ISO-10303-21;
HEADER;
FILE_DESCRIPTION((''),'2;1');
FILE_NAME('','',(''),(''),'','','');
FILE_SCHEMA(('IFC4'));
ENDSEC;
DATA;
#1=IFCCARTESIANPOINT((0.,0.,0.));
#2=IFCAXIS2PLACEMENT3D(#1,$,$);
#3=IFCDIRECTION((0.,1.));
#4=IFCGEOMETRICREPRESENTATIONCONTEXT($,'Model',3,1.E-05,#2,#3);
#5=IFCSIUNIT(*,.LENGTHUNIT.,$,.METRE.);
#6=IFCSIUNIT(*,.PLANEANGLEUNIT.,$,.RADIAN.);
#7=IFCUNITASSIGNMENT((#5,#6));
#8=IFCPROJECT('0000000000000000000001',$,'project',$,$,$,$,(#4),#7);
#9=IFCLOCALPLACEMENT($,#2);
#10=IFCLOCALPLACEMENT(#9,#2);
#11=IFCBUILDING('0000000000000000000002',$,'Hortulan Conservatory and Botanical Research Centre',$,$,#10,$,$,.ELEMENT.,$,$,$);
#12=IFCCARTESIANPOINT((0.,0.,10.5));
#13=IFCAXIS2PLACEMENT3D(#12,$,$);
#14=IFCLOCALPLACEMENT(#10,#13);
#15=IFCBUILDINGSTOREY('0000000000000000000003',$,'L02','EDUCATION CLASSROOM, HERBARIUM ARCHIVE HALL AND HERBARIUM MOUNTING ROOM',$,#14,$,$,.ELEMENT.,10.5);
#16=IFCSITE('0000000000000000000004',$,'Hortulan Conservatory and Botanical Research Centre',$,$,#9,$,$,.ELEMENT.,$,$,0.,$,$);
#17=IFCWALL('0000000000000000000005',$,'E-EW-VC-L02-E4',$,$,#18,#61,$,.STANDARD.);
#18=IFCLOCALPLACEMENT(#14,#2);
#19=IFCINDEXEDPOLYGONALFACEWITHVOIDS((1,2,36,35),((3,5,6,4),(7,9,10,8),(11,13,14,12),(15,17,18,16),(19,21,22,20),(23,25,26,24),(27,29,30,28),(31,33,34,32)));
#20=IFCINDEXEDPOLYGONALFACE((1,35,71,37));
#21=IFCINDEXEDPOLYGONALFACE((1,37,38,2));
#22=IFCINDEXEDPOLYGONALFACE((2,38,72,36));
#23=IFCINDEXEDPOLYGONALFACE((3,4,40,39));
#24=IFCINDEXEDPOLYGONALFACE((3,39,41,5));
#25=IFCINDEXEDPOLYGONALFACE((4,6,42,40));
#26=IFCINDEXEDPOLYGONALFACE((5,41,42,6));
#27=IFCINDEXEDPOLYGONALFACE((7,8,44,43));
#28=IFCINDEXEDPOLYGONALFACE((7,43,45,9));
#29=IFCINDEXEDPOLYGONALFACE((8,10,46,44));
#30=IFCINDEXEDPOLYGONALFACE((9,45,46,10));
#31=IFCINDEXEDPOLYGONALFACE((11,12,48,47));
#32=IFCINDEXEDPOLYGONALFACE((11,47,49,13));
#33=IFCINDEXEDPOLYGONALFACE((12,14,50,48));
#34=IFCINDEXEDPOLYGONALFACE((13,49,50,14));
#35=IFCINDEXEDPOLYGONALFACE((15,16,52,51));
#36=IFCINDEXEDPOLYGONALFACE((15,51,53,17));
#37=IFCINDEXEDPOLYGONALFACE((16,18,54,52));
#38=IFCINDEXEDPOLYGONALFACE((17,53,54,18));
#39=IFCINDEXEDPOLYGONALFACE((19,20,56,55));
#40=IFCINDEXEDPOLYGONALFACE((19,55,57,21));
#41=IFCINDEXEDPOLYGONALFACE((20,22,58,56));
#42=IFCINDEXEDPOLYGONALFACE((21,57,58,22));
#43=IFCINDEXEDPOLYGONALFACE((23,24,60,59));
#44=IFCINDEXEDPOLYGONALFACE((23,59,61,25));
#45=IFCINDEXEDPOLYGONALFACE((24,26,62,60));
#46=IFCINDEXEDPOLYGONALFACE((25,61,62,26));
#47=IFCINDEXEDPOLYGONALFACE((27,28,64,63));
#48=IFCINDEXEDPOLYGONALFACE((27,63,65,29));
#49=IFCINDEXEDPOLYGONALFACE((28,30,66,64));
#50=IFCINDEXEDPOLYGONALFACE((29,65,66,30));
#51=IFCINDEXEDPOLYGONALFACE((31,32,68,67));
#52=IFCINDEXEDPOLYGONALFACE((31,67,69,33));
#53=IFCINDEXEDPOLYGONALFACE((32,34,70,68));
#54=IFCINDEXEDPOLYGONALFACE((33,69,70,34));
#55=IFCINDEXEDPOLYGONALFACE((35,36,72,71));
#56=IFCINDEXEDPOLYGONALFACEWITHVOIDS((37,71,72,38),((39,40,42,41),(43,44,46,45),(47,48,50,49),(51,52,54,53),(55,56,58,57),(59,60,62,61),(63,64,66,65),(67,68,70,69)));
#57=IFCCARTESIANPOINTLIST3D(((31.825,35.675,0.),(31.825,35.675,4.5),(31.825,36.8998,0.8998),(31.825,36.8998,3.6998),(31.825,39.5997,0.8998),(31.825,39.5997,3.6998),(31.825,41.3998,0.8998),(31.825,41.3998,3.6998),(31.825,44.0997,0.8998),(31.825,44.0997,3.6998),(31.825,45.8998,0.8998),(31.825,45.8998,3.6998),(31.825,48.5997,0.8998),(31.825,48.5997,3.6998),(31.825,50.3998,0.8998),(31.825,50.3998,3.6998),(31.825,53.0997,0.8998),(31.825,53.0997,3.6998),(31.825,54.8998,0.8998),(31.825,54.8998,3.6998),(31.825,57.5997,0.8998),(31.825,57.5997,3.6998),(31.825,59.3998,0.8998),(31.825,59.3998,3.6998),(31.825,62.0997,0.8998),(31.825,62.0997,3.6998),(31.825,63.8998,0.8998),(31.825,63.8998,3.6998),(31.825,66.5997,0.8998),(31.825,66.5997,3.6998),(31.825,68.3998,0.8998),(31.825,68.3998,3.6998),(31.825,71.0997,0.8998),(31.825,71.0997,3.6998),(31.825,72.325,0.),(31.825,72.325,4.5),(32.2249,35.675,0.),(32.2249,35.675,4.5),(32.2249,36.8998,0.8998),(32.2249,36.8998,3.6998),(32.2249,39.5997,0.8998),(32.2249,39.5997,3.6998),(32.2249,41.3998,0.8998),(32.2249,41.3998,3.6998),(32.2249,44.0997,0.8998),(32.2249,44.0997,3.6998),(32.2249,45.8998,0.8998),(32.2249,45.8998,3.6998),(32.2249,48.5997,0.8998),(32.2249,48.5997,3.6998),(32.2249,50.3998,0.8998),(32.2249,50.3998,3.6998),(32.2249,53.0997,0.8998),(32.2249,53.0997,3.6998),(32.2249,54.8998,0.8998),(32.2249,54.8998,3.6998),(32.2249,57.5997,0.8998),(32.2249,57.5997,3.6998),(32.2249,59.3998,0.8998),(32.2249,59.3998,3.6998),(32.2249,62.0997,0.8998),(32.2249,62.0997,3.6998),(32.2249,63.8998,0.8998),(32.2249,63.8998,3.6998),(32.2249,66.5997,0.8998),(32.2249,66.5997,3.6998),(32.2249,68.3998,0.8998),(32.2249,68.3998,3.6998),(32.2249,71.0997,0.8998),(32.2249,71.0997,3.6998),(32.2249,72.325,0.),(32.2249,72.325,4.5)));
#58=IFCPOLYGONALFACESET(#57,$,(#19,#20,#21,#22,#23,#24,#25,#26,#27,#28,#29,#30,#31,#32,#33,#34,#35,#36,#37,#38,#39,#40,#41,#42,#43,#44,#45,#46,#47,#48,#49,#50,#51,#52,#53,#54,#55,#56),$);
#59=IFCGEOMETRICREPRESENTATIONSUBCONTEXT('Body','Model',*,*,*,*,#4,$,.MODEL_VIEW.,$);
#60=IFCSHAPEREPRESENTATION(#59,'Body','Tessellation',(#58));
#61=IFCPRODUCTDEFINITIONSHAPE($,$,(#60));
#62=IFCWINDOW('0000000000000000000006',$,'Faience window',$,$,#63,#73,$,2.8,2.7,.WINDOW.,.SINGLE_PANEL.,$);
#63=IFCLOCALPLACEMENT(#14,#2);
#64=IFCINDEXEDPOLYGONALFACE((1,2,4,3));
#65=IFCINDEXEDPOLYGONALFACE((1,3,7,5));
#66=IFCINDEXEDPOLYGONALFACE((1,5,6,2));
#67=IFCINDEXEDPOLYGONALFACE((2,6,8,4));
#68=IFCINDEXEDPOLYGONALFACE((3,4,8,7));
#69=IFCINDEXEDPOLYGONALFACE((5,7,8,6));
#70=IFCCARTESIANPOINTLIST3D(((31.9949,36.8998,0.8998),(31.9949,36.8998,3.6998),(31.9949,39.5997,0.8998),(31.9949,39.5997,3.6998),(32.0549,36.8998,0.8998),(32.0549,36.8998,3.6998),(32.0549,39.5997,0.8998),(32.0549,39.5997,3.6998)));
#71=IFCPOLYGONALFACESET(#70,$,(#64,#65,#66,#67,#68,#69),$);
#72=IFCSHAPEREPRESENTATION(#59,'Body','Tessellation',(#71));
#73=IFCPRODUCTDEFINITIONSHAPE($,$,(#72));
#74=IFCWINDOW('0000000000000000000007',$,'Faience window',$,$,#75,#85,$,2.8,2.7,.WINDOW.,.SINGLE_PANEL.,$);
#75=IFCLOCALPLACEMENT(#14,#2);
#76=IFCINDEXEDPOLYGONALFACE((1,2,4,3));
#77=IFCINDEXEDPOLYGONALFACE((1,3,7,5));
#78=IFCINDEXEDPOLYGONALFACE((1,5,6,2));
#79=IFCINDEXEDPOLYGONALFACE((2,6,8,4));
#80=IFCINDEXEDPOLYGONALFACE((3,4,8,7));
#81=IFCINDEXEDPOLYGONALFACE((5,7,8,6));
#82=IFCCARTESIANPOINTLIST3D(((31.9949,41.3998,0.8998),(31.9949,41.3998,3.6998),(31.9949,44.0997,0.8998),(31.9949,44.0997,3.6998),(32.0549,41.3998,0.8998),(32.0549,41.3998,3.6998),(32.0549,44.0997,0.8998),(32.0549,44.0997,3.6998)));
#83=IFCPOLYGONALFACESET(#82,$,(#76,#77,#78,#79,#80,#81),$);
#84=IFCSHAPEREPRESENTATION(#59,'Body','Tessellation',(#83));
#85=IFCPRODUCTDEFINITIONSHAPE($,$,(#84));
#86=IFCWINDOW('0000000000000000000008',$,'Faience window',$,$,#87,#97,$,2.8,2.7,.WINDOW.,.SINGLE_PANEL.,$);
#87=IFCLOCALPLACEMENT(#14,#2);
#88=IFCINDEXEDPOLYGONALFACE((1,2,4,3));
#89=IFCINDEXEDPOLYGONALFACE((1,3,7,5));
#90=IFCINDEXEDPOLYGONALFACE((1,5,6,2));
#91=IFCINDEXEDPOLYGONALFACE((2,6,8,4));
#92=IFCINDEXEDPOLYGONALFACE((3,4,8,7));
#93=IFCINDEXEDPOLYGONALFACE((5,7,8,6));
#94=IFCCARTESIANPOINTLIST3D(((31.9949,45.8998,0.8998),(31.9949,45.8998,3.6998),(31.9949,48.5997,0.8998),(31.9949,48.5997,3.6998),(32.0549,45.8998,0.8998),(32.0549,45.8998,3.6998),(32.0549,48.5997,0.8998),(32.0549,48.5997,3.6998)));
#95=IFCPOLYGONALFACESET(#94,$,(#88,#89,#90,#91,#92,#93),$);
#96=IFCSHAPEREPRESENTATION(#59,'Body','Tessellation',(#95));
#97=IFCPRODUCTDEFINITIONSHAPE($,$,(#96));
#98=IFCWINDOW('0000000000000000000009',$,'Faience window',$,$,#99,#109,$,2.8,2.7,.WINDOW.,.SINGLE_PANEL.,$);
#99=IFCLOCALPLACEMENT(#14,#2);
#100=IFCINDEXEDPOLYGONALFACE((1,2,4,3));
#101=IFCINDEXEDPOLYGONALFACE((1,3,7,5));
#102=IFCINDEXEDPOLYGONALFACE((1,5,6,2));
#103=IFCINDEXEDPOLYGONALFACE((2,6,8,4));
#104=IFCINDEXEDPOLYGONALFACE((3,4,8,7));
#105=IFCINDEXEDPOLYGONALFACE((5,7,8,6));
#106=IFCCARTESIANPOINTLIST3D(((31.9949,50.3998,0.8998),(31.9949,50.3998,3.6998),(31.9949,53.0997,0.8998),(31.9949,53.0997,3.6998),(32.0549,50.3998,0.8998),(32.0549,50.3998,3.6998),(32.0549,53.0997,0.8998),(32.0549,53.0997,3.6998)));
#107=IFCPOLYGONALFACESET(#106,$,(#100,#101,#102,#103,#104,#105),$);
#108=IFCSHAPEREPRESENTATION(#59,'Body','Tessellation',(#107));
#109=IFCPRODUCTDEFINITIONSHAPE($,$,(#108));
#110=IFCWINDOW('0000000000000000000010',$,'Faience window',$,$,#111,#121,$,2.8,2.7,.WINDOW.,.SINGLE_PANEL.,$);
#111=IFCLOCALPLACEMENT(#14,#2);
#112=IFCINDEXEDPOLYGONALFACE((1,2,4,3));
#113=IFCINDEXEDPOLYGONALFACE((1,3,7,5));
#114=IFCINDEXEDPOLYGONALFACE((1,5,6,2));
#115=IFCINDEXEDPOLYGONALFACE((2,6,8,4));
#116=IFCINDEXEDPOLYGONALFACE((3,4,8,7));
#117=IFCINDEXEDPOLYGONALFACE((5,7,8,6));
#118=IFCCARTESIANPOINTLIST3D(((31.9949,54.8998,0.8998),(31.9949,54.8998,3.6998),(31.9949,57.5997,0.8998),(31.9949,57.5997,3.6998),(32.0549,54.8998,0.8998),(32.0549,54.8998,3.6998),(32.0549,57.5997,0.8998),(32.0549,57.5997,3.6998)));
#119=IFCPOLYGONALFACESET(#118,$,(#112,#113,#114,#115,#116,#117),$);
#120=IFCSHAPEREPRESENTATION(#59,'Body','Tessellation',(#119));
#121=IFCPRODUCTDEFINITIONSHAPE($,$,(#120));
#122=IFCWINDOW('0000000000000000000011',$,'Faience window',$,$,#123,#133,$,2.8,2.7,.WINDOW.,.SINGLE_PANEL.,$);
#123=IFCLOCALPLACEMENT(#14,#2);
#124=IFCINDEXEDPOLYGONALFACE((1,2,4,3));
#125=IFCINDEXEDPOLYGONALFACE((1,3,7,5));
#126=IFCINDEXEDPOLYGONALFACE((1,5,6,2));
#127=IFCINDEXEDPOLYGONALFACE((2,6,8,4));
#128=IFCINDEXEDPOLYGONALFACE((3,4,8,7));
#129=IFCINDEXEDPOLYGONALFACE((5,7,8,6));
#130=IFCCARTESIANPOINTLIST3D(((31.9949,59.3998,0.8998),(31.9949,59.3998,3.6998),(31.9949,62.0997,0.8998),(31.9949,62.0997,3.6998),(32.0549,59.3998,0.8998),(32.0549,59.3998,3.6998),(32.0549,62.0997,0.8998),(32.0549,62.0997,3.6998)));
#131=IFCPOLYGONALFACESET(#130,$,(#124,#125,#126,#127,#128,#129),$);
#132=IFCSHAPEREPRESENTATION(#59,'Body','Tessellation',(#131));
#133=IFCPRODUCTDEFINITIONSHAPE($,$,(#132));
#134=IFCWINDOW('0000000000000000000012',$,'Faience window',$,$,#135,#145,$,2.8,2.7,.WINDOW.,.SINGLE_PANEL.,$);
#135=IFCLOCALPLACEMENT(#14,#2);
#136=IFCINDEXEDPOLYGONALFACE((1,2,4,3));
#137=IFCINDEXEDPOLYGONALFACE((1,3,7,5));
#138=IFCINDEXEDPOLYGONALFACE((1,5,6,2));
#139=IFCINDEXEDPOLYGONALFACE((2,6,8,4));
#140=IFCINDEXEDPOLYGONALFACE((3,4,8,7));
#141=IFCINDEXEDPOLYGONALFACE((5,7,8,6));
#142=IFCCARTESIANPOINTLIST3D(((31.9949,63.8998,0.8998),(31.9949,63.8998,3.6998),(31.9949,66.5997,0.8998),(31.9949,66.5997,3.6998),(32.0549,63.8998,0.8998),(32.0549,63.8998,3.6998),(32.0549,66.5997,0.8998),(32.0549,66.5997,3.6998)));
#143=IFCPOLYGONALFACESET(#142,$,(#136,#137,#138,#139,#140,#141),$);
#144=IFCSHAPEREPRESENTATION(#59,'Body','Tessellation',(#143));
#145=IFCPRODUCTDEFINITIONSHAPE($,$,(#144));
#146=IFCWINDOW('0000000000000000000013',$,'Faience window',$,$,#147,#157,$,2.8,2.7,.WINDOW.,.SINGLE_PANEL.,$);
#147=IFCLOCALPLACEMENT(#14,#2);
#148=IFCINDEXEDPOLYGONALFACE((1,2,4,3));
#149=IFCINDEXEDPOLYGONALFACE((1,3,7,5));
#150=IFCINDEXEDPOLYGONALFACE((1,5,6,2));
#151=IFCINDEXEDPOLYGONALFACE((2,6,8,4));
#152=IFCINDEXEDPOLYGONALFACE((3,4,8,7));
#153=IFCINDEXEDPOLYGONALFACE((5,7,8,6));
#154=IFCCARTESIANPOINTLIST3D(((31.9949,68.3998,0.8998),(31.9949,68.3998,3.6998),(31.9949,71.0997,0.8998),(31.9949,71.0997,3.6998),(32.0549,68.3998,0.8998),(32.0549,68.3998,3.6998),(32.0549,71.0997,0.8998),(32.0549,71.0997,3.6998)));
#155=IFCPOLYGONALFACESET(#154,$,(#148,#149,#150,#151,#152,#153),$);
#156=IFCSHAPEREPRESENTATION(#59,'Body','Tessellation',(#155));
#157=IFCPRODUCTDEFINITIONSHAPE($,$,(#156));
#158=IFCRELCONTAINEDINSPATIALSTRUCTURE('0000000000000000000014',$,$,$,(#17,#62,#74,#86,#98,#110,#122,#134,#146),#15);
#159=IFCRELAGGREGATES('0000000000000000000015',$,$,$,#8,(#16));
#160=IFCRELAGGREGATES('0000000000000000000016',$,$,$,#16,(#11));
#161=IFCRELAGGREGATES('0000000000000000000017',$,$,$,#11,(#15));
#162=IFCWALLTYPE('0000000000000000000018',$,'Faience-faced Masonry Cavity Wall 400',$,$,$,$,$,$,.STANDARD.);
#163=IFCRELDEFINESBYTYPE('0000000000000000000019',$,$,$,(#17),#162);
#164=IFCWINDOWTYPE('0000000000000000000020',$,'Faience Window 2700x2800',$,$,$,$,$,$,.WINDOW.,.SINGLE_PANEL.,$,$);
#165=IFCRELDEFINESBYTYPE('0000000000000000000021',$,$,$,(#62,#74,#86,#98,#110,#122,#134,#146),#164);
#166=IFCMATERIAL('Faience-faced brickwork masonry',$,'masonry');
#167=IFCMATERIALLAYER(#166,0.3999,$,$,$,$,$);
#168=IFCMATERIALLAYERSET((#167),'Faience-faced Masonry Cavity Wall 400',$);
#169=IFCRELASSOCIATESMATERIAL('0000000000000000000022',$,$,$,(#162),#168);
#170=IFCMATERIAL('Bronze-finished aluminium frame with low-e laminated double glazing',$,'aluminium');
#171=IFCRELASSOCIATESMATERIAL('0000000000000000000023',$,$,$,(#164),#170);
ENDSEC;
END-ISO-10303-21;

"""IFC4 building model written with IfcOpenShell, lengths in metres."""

from ifc_helpers import new_model, si_unit, direction, frame, frame_2d, origin, place, context, subcontext, project, spatial, rectangle, extrude, material, layer, layer_set, type_object, element, fill, save


model = new_model("IFC4")

# Units and contexts
model_context = context("Model", 3, precision=1e-05, world=origin(), true_north=direction((0.0, 1.0)))
body_context = subcontext(model_context, "Body", "Model", "MODEL_VIEW")
ifc_project = project(units=[si_unit("LENGTHUNIT", "METRE"), si_unit("PLANEANGLEUNIT", "RADIAN")], contexts=[model_context])

# Site, building, storey
site_placement = place(None, origin())
site = spatial("IfcSite", under=ifc_project, at=site_placement, Name="Hortulan Conservatory and Botanical Research Centre", CompositionType="ELEMENT", RefElevation=0.0)
building_placement = place(site_placement, origin())
building = spatial("IfcBuilding", under=site, at=building_placement, Name="Hortulan Conservatory and Botanical Research Centre", CompositionType="ELEMENT")
storey_placement = place(building_placement, frame((0.0, 0.0, 10.5)))
storey = spatial("IfcBuildingStorey", under=building, at=storey_placement, Name="L02", Description="EDUCATION CLASSROOM, HERBARIUM ARCHIVE HALL AND HERBARIUM MOUNTING ROOM", CompositionType="ELEMENT", Elevation=10.5)

# Wall, openings, windows
ifc_material_1 = material(Name="Faience-faced brickwork masonry", Category="masonry")
ifc_layer_1 = layer(ifc_material_1, 0.3999)
ifc_layer_set_1 = layer_set([ifc_layer_1], Name="Faience-faced Masonry Cavity Wall 400")
wall_type = type_object("IfcWallType", Name="Faience-faced Masonry Cavity Wall 400", PredefinedType="STANDARD", material=ifc_layer_set_1)
wall_placement = place(storey_placement, frame((32.0249, 72.325, 0.0), z_axis=(0.0, 0.0, 1.0), x_axis=(0.0, -1.0, 0.0)))
wall = element("IfcWall", 1, at=wall_placement, inside=storey, type_object=wall_type, Name="E-EW-VC-L02-E4", PredefinedType="STANDARD", context=body_context, shape_type="SweptSolid", body=[
    extrude(rectangle(XDim=36.6499, YDim=0.3999, at=frame_2d((18.325, 0.0))), origin(), (0.0, 0.0, 1.0), 4.5),
])
opening_1_placement = place(wall_placement, frame((32.7251, 0.0, 0.8999)))
opening_1 = element("IfcOpeningElement", 2, at=opening_1_placement, cuts=wall, PredefinedType="OPENING", context=body_context, shape_type="SweptSolid", body=[
    extrude(rectangle(XDim=2.7, YDim=2.8, at=frame_2d((1.3501, 1.3999))), frame((0.0, 0.21, 0.0), z_axis=(0.0, -1.0, 0.0), x_axis=(1.0, 0.0, 0.0)), (0.0, 0.0, 1.0), 0.4199),
])
opening_2_placement = place(wall_placement, frame((28.2251, 0.0, 0.8999)))
opening_2 = element("IfcOpeningElement", 3, at=opening_2_placement, cuts=wall, PredefinedType="OPENING", context=body_context, shape_type="SweptSolid", body=[
    extrude(rectangle(XDim=2.7, YDim=2.8, at=frame_2d((1.3501, 1.3999))), frame((0.0, 0.21, 0.0), z_axis=(0.0, -1.0, 0.0), x_axis=(1.0, 0.0, 0.0)), (0.0, 0.0, 1.0), 0.4199),
])
opening_3_placement = place(wall_placement, frame((23.7251, 0.0, 0.8999)))
opening_3 = element("IfcOpeningElement", 4, at=opening_3_placement, cuts=wall, PredefinedType="OPENING", context=body_context, shape_type="SweptSolid", body=[
    extrude(rectangle(XDim=2.7, YDim=2.8, at=frame_2d((1.3501, 1.3999))), frame((0.0, 0.21, 0.0), z_axis=(0.0, -1.0, 0.0), x_axis=(1.0, 0.0, 0.0)), (0.0, 0.0, 1.0), 0.4199),
])
opening_4_placement = place(wall_placement, frame((19.2251, 0.0, 0.8999)))
opening_4 = element("IfcOpeningElement", 5, at=opening_4_placement, cuts=wall, PredefinedType="OPENING", context=body_context, shape_type="SweptSolid", body=[
    extrude(rectangle(XDim=2.7, YDim=2.8, at=frame_2d((1.3501, 1.3999))), frame((0.0, 0.21, 0.0), z_axis=(0.0, -1.0, 0.0), x_axis=(1.0, 0.0, 0.0)), (0.0, 0.0, 1.0), 0.4199),
])
opening_5_placement = place(wall_placement, frame((14.7251, 0.0, 0.8999)))
opening_5 = element("IfcOpeningElement", 6, at=opening_5_placement, cuts=wall, PredefinedType="OPENING", context=body_context, shape_type="SweptSolid", body=[
    extrude(rectangle(XDim=2.7, YDim=2.8, at=frame_2d((1.3501, 1.3999))), frame((0.0, 0.21, 0.0), z_axis=(0.0, -1.0, 0.0), x_axis=(1.0, 0.0, 0.0)), (0.0, 0.0, 1.0), 0.4199),
])
opening_6_placement = place(wall_placement, frame((10.2251, 0.0, 0.8999)))
opening_6 = element("IfcOpeningElement", 7, at=opening_6_placement, cuts=wall, PredefinedType="OPENING", context=body_context, shape_type="SweptSolid", body=[
    extrude(rectangle(XDim=2.7, YDim=2.8, at=frame_2d((1.3501, 1.3999))), frame((0.0, 0.21, 0.0), z_axis=(0.0, -1.0, 0.0), x_axis=(1.0, 0.0, 0.0)), (0.0, 0.0, 1.0), 0.4199),
])
opening_7_placement = place(wall_placement, frame((5.7251, 0.0, 0.8999)))
opening_7 = element("IfcOpeningElement", 8, at=opening_7_placement, cuts=wall, PredefinedType="OPENING", context=body_context, shape_type="SweptSolid", body=[
    extrude(rectangle(XDim=2.7, YDim=2.8, at=frame_2d((1.3501, 1.3999))), frame((0.0, 0.21, 0.0), z_axis=(0.0, -1.0, 0.0), x_axis=(1.0, 0.0, 0.0)), (0.0, 0.0, 1.0), 0.4199),
])
opening_8_placement = place(wall_placement, frame((1.2251, 0.0, 0.8999)))
opening_8 = element("IfcOpeningElement", 9, at=opening_8_placement, cuts=wall, PredefinedType="OPENING", context=body_context, shape_type="SweptSolid", body=[
    extrude(rectangle(XDim=2.7, YDim=2.8, at=frame_2d((1.3501, 1.3999))), frame((0.0, 0.21, 0.0), z_axis=(0.0, -1.0, 0.0), x_axis=(1.0, 0.0, 0.0)), (0.0, 0.0, 1.0), 0.4199),
])
ifc_material_2 = material(Name="Bronze-finished aluminium frame with low-e laminated double glazing", Category="aluminium")
window_type = type_object("IfcWindowType", Name="Faience Window 2700x2800", PartitioningType="SINGLE_PANEL", PredefinedType="WINDOW", material=ifc_material_2)
window_1_placement = place(opening_1_placement, origin())
window_1 = element("IfcWindow", 10, at=window_1_placement, inside=storey, type_object=window_type, Name="Faience window", OverallHeight=2.8, OverallWidth=2.7, PartitioningType="SINGLE_PANEL", PredefinedType="WINDOW", context=body_context, shape_type="SweptSolid", body=[
    extrude(rectangle(XDim=2.7, YDim=2.8, at=frame_2d((1.3501, 1.3999))), frame((0.0, 0.03, 0.0), z_axis=(0.0, -1.0, 0.0), x_axis=(1.0, 0.0, 0.0)), (0.0, 0.0, 1.0), 0.0601),
])
fill(opening_1, window_1)
window_2_placement = place(opening_2_placement, origin())
window_2 = element("IfcWindow", 11, at=window_2_placement, inside=storey, type_object=window_type, Name="Faience window", OverallHeight=2.8, OverallWidth=2.7, PartitioningType="SINGLE_PANEL", PredefinedType="WINDOW", context=body_context, shape_type="SweptSolid", body=[
    extrude(rectangle(XDim=2.7, YDim=2.8, at=frame_2d((1.3501, 1.3999))), frame((0.0, 0.03, 0.0), z_axis=(0.0, -1.0, 0.0), x_axis=(1.0, 0.0, 0.0)), (0.0, 0.0, 1.0), 0.0601),
])
fill(opening_2, window_2)
window_3_placement = place(opening_3_placement, origin())
window_3 = element("IfcWindow", 12, at=window_3_placement, inside=storey, type_object=window_type, Name="Faience window", OverallHeight=2.8, OverallWidth=2.7, PartitioningType="SINGLE_PANEL", PredefinedType="WINDOW", context=body_context, shape_type="SweptSolid", body=[
    extrude(rectangle(XDim=2.7, YDim=2.8, at=frame_2d((1.3501, 1.3999))), frame((0.0, 0.03, 0.0), z_axis=(0.0, -1.0, 0.0), x_axis=(1.0, 0.0, 0.0)), (0.0, 0.0, 1.0), 0.0601),
])
fill(opening_3, window_3)
window_4_placement = place(opening_4_placement, origin())
window_4 = element("IfcWindow", 13, at=window_4_placement, inside=storey, type_object=window_type, Name="Faience window", OverallHeight=2.8, OverallWidth=2.7, PartitioningType="SINGLE_PANEL", PredefinedType="WINDOW", context=body_context, shape_type="SweptSolid", body=[
    extrude(rectangle(XDim=2.7, YDim=2.8, at=frame_2d((1.3501, 1.3999))), frame((0.0, 0.03, 0.0), z_axis=(0.0, -1.0, 0.0), x_axis=(1.0, 0.0, 0.0)), (0.0, 0.0, 1.0), 0.0601),
])
fill(opening_4, window_4)
window_5_placement = place(opening_5_placement, origin())
window_5 = element("IfcWindow", 14, at=window_5_placement, inside=storey, type_object=window_type, Name="Faience window", OverallHeight=2.8, OverallWidth=2.7, PartitioningType="SINGLE_PANEL", PredefinedType="WINDOW", context=body_context, shape_type="SweptSolid", body=[
    extrude(rectangle(XDim=2.7, YDim=2.8, at=frame_2d((1.3501, 1.3999))), frame((0.0, 0.03, 0.0), z_axis=(0.0, -1.0, 0.0), x_axis=(1.0, 0.0, 0.0)), (0.0, 0.0, 1.0), 0.0601),
])
fill(opening_5, window_5)
window_6_placement = place(opening_6_placement, origin())
window_6 = element("IfcWindow", 15, at=window_6_placement, inside=storey, type_object=window_type, Name="Faience window", OverallHeight=2.8, OverallWidth=2.7, PartitioningType="SINGLE_PANEL", PredefinedType="WINDOW", context=body_context, shape_type="SweptSolid", body=[
    extrude(rectangle(XDim=2.7, YDim=2.8, at=frame_2d((1.3501, 1.3999))), frame((0.0, 0.03, 0.0), z_axis=(0.0, -1.0, 0.0), x_axis=(1.0, 0.0, 0.0)), (0.0, 0.0, 1.0), 0.0601),
])
fill(opening_6, window_6)
window_7_placement = place(opening_7_placement, origin())
window_7 = element("IfcWindow", 16, at=window_7_placement, inside=storey, type_object=window_type, Name="Faience window", OverallHeight=2.8, OverallWidth=2.7, PartitioningType="SINGLE_PANEL", PredefinedType="WINDOW", context=body_context, shape_type="SweptSolid", body=[
    extrude(rectangle(XDim=2.7, YDim=2.8, at=frame_2d((1.3501, 1.3999))), frame((0.0, 0.03, 0.0), z_axis=(0.0, -1.0, 0.0), x_axis=(1.0, 0.0, 0.0)), (0.0, 0.0, 1.0), 0.0601),
])
fill(opening_7, window_7)
window_8_placement = place(opening_8_placement, origin())
window_8 = element("IfcWindow", 17, at=window_8_placement, inside=storey, type_object=window_type, Name="Faience window", OverallHeight=2.8, OverallWidth=2.7, PartitioningType="SINGLE_PANEL", PredefinedType="WINDOW", context=body_context, shape_type="SweptSolid", body=[
    extrude(rectangle(XDim=2.7, YDim=2.8, at=frame_2d((1.3501, 1.3999))), frame((0.0, 0.03, 0.0), z_axis=(0.0, -1.0, 0.0), x_axis=(1.0, 0.0, 0.0)), (0.0, 0.0, 1.0), 0.0601),
])
fill(opening_8, window_8)

save(model, "model.ifc")
